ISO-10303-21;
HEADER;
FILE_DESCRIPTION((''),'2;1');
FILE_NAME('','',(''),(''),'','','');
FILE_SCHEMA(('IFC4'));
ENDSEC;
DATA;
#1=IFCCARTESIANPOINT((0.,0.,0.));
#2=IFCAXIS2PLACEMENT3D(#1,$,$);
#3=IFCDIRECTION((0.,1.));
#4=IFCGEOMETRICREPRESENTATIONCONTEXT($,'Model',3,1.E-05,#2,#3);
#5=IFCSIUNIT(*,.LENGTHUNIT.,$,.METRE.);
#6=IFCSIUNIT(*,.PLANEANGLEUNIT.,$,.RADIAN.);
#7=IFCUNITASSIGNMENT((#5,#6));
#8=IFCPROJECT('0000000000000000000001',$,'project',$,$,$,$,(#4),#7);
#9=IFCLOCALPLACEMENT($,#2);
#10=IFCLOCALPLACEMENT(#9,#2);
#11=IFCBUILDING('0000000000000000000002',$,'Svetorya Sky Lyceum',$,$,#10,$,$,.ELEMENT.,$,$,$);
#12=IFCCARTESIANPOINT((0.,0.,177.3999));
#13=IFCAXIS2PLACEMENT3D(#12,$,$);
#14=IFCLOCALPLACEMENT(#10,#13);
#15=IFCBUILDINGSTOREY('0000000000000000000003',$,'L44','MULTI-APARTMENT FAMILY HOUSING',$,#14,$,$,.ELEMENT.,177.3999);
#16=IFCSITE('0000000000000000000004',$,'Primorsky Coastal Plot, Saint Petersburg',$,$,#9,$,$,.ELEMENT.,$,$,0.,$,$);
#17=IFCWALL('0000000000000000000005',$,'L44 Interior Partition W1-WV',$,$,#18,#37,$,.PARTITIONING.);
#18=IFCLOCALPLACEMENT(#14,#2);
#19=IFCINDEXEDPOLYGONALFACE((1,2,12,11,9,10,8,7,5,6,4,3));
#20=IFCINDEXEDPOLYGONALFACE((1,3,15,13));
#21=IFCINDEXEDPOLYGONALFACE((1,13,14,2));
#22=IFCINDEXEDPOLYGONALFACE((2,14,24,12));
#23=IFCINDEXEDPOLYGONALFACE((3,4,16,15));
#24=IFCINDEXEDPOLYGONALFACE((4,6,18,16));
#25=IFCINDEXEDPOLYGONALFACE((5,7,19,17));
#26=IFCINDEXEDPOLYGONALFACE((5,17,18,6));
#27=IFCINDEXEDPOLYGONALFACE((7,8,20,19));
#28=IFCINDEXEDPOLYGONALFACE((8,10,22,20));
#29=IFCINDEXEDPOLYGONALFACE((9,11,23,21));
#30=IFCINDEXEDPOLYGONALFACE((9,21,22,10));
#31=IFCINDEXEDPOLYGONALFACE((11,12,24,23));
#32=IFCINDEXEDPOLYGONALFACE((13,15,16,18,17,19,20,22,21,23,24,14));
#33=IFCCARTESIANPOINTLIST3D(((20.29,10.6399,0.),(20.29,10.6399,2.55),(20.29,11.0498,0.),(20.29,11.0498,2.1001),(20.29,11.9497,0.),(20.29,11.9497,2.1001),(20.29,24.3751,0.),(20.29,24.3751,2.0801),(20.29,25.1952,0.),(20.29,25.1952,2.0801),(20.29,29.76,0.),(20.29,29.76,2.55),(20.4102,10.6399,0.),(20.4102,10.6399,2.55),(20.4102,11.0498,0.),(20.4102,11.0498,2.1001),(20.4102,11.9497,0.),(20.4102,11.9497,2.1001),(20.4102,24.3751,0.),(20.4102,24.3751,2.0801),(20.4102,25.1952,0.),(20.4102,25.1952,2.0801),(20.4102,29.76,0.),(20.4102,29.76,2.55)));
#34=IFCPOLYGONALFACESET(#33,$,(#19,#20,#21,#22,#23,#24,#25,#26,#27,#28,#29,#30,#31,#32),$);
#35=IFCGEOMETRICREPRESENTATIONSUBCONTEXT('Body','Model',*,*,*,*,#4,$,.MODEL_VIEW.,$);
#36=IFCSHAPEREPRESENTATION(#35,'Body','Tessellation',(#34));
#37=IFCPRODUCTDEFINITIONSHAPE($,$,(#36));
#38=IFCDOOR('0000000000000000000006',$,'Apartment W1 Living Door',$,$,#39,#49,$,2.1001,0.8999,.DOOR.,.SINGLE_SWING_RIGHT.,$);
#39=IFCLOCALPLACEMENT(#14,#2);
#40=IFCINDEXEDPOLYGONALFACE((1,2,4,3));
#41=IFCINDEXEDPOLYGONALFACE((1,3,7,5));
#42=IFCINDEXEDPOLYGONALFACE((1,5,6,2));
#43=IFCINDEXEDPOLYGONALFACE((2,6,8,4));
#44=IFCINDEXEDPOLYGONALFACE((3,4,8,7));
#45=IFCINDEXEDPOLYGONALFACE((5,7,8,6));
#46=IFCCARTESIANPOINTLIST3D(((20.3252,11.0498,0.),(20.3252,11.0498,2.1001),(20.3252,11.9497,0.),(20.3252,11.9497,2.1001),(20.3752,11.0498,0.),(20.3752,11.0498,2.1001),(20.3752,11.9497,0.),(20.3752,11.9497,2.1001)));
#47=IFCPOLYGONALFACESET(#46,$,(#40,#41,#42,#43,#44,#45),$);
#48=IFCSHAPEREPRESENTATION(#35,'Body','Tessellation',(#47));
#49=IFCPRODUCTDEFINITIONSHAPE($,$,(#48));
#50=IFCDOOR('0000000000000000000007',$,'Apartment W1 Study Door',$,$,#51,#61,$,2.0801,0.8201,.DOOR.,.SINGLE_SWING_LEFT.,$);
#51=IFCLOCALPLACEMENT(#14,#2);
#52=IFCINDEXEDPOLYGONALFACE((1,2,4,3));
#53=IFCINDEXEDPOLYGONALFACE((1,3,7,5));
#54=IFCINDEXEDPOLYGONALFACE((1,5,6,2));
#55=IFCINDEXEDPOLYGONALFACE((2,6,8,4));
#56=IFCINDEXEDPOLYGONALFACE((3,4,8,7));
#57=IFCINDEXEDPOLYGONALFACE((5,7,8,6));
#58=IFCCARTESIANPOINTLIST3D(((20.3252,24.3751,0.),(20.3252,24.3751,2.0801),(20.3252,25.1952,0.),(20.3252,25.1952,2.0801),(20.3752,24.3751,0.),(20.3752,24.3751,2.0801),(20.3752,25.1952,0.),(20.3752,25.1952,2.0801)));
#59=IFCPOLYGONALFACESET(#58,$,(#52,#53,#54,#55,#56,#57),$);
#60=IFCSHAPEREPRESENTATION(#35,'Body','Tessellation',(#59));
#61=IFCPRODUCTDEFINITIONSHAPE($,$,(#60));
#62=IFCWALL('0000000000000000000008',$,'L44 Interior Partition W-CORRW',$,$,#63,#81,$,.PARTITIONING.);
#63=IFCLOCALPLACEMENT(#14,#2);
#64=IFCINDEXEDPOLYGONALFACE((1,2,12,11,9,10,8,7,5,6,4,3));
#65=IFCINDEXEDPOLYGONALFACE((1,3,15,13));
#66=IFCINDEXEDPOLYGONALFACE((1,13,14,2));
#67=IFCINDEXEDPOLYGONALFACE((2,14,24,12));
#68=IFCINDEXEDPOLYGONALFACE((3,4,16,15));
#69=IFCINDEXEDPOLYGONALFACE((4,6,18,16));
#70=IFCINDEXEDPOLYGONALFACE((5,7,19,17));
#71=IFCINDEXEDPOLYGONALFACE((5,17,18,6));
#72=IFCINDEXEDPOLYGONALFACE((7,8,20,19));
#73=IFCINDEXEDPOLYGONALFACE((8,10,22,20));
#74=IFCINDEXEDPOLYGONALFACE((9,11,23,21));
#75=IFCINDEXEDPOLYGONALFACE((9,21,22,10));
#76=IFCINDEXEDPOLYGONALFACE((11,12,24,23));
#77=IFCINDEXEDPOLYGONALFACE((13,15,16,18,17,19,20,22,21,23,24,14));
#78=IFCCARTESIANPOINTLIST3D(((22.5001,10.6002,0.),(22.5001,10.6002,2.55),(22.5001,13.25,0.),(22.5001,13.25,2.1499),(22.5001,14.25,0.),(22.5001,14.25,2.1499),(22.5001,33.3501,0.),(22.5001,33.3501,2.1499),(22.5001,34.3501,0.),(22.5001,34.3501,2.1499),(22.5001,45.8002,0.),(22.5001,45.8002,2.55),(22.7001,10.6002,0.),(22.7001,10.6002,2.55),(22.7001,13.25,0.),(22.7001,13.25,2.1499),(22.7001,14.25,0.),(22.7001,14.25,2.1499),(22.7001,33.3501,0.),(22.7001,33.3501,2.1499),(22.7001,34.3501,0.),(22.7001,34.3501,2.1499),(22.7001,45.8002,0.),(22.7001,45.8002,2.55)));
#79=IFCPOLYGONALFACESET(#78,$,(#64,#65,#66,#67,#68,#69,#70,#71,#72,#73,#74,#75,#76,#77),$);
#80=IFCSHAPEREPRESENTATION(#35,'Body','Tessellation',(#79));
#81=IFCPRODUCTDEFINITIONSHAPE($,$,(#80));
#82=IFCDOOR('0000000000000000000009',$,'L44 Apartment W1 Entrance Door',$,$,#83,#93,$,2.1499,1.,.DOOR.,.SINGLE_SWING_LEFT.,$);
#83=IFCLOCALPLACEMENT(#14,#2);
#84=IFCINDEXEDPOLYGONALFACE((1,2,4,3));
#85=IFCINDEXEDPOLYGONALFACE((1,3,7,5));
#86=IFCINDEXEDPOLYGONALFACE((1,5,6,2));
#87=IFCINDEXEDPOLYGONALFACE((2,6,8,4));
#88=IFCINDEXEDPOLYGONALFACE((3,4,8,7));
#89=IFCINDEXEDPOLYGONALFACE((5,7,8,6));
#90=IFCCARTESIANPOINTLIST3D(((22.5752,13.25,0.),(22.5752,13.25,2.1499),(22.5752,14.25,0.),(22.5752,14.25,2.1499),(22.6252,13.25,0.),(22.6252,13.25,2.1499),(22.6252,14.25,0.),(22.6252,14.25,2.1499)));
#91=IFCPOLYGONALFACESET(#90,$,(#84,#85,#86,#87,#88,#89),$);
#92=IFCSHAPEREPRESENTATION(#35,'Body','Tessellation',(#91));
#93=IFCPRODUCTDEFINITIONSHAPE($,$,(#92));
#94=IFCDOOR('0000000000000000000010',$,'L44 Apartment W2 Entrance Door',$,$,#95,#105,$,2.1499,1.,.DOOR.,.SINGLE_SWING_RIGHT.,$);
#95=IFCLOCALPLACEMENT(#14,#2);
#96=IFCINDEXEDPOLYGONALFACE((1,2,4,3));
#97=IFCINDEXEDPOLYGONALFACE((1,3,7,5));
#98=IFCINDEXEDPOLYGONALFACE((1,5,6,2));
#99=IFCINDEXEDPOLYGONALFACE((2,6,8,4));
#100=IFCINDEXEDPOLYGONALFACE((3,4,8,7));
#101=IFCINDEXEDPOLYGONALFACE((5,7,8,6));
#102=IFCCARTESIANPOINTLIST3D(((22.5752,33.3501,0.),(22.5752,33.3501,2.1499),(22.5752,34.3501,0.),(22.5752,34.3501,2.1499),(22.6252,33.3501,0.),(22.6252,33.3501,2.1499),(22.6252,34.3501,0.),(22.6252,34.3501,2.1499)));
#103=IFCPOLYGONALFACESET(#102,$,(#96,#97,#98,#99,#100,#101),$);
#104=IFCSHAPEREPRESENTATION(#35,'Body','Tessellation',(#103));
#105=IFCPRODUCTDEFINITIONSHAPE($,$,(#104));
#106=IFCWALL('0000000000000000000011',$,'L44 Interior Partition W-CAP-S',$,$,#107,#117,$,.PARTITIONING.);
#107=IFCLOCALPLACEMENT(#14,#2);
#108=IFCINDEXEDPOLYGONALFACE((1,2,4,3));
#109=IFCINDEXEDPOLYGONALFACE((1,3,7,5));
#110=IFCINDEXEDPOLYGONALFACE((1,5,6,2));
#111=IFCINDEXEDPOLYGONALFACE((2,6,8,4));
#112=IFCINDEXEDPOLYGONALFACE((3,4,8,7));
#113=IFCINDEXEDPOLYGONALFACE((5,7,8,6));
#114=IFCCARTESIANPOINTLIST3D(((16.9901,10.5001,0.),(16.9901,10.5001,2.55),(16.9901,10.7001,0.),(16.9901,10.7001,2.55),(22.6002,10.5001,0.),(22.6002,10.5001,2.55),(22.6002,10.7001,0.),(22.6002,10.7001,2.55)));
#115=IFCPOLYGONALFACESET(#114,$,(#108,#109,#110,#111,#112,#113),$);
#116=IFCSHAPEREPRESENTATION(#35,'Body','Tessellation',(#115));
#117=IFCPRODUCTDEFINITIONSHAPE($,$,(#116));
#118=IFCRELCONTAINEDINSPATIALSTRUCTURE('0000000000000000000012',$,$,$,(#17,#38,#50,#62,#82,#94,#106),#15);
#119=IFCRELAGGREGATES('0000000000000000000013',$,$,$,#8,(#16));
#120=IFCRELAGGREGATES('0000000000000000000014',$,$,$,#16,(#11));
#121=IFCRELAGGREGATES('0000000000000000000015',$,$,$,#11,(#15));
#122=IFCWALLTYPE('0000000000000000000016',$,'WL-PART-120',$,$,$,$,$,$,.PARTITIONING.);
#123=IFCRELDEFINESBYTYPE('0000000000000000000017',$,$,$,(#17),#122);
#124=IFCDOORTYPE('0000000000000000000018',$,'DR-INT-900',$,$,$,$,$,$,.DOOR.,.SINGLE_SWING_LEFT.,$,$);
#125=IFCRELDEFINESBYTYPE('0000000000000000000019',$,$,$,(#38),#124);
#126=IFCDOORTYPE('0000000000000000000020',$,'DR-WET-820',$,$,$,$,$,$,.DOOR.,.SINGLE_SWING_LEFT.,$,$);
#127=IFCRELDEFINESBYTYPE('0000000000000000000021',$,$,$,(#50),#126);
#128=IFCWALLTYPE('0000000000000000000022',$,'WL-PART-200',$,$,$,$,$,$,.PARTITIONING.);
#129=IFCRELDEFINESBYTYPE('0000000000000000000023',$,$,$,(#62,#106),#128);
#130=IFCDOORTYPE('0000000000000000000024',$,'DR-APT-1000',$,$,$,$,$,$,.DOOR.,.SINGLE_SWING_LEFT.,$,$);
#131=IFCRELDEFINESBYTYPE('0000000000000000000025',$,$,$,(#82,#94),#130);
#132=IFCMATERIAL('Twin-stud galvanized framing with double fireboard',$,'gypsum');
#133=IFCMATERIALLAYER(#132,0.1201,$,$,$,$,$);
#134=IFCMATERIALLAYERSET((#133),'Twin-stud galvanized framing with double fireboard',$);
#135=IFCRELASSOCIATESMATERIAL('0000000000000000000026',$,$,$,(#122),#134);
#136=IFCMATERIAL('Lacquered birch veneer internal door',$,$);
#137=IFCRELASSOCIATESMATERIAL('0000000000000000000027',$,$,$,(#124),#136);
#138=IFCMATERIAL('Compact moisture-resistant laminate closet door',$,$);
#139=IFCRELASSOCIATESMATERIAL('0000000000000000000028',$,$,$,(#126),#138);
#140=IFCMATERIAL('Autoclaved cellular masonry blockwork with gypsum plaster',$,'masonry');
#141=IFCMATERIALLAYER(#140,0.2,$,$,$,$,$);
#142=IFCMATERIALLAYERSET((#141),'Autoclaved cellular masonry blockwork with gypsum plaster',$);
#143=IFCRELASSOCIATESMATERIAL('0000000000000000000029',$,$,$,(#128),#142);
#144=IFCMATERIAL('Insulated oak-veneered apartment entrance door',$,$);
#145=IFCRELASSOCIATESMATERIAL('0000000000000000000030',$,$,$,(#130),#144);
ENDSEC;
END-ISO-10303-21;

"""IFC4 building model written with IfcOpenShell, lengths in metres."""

from ifc_helpers import new_model, si_unit, direction, frame, frame_2d, origin, place, context, subcontext, project, spatial, rectangle, extrude, material, layer, layer_set, type_object, element, fill, save


model = new_model("IFC4")

# Units and contexts
model_context = context("Model", 3, precision=1e-05, world=origin(), true_north=direction((0.0, 1.0)))
body_context = subcontext(model_context, "Body", "Model", "MODEL_VIEW")
ifc_project = project(units=[si_unit("LENGTHUNIT", "METRE"), si_unit("PLANEANGLEUNIT", "RADIAN")], contexts=[model_context])

# Site, building, storey
site_placement = place(None, origin())
site = spatial("IfcSite", under=ifc_project, at=site_placement, Name="Primorsky Coastal Plot, Saint Petersburg", CompositionType="ELEMENT", RefElevation=0.0)
building_placement = place(site_placement, origin())
building = spatial("IfcBuilding", under=site, at=building_placement, Name="Svetorya Sky Lyceum", CompositionType="ELEMENT")
storey_placement = place(building_placement, frame((0.0, 0.0, 177.3999)))
storey = spatial("IfcBuildingStorey", under=building, at=storey_placement, Name="L44", Description="MULTI-APARTMENT FAMILY HOUSING", CompositionType="ELEMENT", Elevation=177.3999)

# Shared definitions
ifc_material_1 = material(Name="Twin-stud galvanized framing with double fireboard", Category="gypsum")
ifc_layer_1 = layer(ifc_material_1, 0.1201)
ifc_layer_set_1 = layer_set([ifc_layer_1], Name="Twin-stud galvanized framing with double fireboard")
wall_type_1 = type_object("IfcWallType", Name="WL-PART-120", PredefinedType="PARTITIONING", material=ifc_layer_set_1)

# Shared definitions
ifc_material_2 = material(Name="Lacquered birch veneer internal door")
door_type_1 = type_object("IfcDoorType", Name="DR-INT-900", OperationType="SINGLE_SWING_LEFT", PredefinedType="DOOR", material=ifc_material_2)

# Walls, openings, doors
wall_1_placement = place(storey_placement, frame((20.3501, 10.6399, 0.0), z_axis=(0.0, 0.0, 1.0), x_axis=(0.0, 1.0, 0.0)))
wall_1 = element("IfcWall", 1, at=wall_1_placement, inside=storey, type_object=wall_type_1, Name="L44 Interior Partition W1-WV", PredefinedType="PARTITIONING", context=body_context, shape_type="SweptSolid", body=[
    extrude(rectangle(XDim=19.1201, YDim=0.1201, at=frame_2d((9.5601, 0.0))), origin(), (0.0, 0.0, 1.0), 2.55),
])
opening_1_placement = place(wall_1_placement, frame((0.4099, 0.0, 0.0)))
opening_1 = element("IfcOpeningElement", 2, at=opening_1_placement, cuts=wall_1, PredefinedType="OPENING", context=body_context, shape_type="SweptSolid", body=[
    extrude(rectangle(XDim=0.8999, YDim=2.1001, at=frame_2d((0.45, 1.05))), frame((0.0, 0.0701, 0.0), z_axis=(0.0, -1.0, 0.0), x_axis=(1.0, 0.0, 0.0)), (0.0, 0.0, 1.0), 0.1401),
])
opening_2_placement = place(wall_1_placement, frame((13.7351, 0.0, 0.0)))
opening_2 = element("IfcOpeningElement", 3, at=opening_2_placement, cuts=wall_1, PredefinedType="OPENING", context=body_context, shape_type="SweptSolid", body=[
    extrude(rectangle(XDim=0.8201, YDim=2.0801, at=frame_2d((0.4102, 1.04))), frame((0.0, 0.0701, 0.0), z_axis=(0.0, -1.0, 0.0), x_axis=(1.0, 0.0, 0.0)), (0.0, 0.0, 1.0), 0.1401),
])
door_1_placement = place(opening_1_placement, origin())
door_1 = element("IfcDoor", 4, at=door_1_placement, inside=storey, type_object=door_type_1, Name="Apartment W1 Living Door", OperationType="SINGLE_SWING_RIGHT", OverallHeight=2.1001, OverallWidth=0.8999, PredefinedType="DOOR", context=body_context, shape_type="SweptSolid", body=[
    extrude(rectangle(XDim=0.8999, YDim=2.1001, at=frame_2d((0.45, 1.05))), frame((0.0, 0.0249, 0.0), z_axis=(0.0, -1.0, 0.0), x_axis=(1.0, 0.0, 0.0)), (0.0, 0.0, 1.0), 0.05),
])
fill(opening_1, door_1)
ifc_material_3 = material(Name="Compact moisture-resistant laminate closet door")
door_type_2 = type_object("IfcDoorType", Name="DR-WET-820", OperationType="SINGLE_SWING_LEFT", PredefinedType="DOOR", material=ifc_material_3)
door_2_placement = place(opening_2_placement, origin())
door_2 = element("IfcDoor", 5, at=door_2_placement, inside=storey, type_object=door_type_2, Name="Apartment W1 Study Door", OperationType="SINGLE_SWING_LEFT", OverallHeight=2.0801, OverallWidth=0.8201, PredefinedType="DOOR", context=body_context, shape_type="SweptSolid", body=[
    extrude(rectangle(XDim=0.8201, YDim=2.0801, at=frame_2d((0.4102, 1.04))), frame((0.0, 0.0249, 0.0), z_axis=(0.0, -1.0, 0.0), x_axis=(1.0, 0.0, 0.0)), (0.0, 0.0, 1.0), 0.05),
])
fill(opening_2, door_2)
ifc_material_4 = material(Name="Autoclaved cellular masonry blockwork with gypsum plaster", Category="masonry")
ifc_layer_2 = layer(ifc_material_4, 0.2)
ifc_layer_set_2 = layer_set([ifc_layer_2], Name="Autoclaved cellular masonry blockwork with gypsum plaster")
wall_type_2 = type_object("IfcWallType", Name="WL-PART-200", PredefinedType="PARTITIONING", material=ifc_layer_set_2)
wall_2_placement = place(storey_placement, frame((22.6001, 10.6001, 0.0), z_axis=(0.0, 0.0, 1.0), x_axis=(0.0, 1.0, 0.0)))
wall_2 = element("IfcWall", 6, at=wall_2_placement, inside=storey, type_object=wall_type_2, Name="L44 Interior Partition W-CORRW", PredefinedType="PARTITIONING", context=body_context, shape_type="SweptSolid", body=[
    extrude(rectangle(XDim=35.2, YDim=0.2, at=frame_2d((17.6001, 0.0))), origin(), (0.0, 0.0, 1.0), 2.55),
])
opening_3_placement = place(wall_2_placement, frame((2.6499, 0.0, 0.0)))
opening_3 = element("IfcOpeningElement", 7, at=opening_3_placement, cuts=wall_2, PredefinedType="OPENING", context=body_context, shape_type="SweptSolid", body=[
    extrude(rectangle(XDim=1.0, YDim=2.1499, at=frame_2d((0.5, 1.075))), frame((0.0, 0.1099, 0.0), z_axis=(0.0, -1.0, 0.0), x_axis=(1.0, 0.0, 0.0)), (0.0, 0.0, 1.0), 0.22),
])
opening_4_placement = place(wall_2_placement, frame((22.75, 0.0, 0.0)))
opening_4 = element("IfcOpeningElement", 8, at=opening_4_placement, cuts=wall_2, PredefinedType="OPENING", context=body_context, shape_type="SweptSolid", body=[
    extrude(rectangle(XDim=1.0, YDim=2.1499, at=frame_2d((0.5, 1.075))), frame((0.0, 0.1099, 0.0), z_axis=(0.0, -1.0, 0.0), x_axis=(1.0, 0.0, 0.0)), (0.0, 0.0, 1.0), 0.22),
])
ifc_material_5 = material(Name="Insulated oak-veneered apartment entrance door")
door_type_3 = type_object("IfcDoorType", Name="DR-APT-1000", OperationType="SINGLE_SWING_LEFT", PredefinedType="DOOR", material=ifc_material_5)
door_3_placement = place(opening_3_placement, origin())
door_3 = element("IfcDoor", 9, at=door_3_placement, inside=storey, type_object=door_type_3, Name="L44 Apartment W1 Entrance Door", OperationType="SINGLE_SWING_LEFT", OverallHeight=2.1499, OverallWidth=1.0, PredefinedType="DOOR", context=body_context, shape_type="SweptSolid", body=[
    extrude(rectangle(XDim=1.0, YDim=2.1499, at=frame_2d((0.5, 1.075))), frame((0.0, 0.0249, 0.0), z_axis=(0.0, -1.0, 0.0), x_axis=(1.0, 0.0, 0.0)), (0.0, 0.0, 1.0), 0.05),
])
fill(opening_3, door_3)
door_4_placement = place(opening_4_placement, origin())
door_4 = element("IfcDoor", 10, at=door_4_placement, inside=storey, type_object=door_type_3, Name="L44 Apartment W2 Entrance Door", OperationType="SINGLE_SWING_RIGHT", OverallHeight=2.1499, OverallWidth=1.0, PredefinedType="DOOR", context=body_context, shape_type="SweptSolid", body=[
    extrude(rectangle(XDim=1.0, YDim=2.1499, at=frame_2d((0.5, 1.075))), frame((0.0, 0.0249, 0.0), z_axis=(0.0, -1.0, 0.0), x_axis=(1.0, 0.0, 0.0)), (0.0, 0.0, 1.0), 0.05),
])
fill(opening_4, door_4)

# Wall
wall_3_placement = place(storey_placement, frame((16.99, 10.6001, 0.0), z_axis=(0.0, 0.0, 1.0), x_axis=(1.0, 0.0, 0.0)))
element("IfcWall", 11, at=wall_3_placement, inside=storey, type_object=wall_type_2, Name="L44 Interior Partition W-CAP-S", PredefinedType="PARTITIONING", context=body_context, shape_type="SweptSolid", body=[
    extrude(rectangle(XDim=5.6101, YDim=0.2, at=frame_2d((2.8052, 0.0))), origin(), (0.0, 0.0, 1.0), 2.55),
])

save(model, "model.ifc")
